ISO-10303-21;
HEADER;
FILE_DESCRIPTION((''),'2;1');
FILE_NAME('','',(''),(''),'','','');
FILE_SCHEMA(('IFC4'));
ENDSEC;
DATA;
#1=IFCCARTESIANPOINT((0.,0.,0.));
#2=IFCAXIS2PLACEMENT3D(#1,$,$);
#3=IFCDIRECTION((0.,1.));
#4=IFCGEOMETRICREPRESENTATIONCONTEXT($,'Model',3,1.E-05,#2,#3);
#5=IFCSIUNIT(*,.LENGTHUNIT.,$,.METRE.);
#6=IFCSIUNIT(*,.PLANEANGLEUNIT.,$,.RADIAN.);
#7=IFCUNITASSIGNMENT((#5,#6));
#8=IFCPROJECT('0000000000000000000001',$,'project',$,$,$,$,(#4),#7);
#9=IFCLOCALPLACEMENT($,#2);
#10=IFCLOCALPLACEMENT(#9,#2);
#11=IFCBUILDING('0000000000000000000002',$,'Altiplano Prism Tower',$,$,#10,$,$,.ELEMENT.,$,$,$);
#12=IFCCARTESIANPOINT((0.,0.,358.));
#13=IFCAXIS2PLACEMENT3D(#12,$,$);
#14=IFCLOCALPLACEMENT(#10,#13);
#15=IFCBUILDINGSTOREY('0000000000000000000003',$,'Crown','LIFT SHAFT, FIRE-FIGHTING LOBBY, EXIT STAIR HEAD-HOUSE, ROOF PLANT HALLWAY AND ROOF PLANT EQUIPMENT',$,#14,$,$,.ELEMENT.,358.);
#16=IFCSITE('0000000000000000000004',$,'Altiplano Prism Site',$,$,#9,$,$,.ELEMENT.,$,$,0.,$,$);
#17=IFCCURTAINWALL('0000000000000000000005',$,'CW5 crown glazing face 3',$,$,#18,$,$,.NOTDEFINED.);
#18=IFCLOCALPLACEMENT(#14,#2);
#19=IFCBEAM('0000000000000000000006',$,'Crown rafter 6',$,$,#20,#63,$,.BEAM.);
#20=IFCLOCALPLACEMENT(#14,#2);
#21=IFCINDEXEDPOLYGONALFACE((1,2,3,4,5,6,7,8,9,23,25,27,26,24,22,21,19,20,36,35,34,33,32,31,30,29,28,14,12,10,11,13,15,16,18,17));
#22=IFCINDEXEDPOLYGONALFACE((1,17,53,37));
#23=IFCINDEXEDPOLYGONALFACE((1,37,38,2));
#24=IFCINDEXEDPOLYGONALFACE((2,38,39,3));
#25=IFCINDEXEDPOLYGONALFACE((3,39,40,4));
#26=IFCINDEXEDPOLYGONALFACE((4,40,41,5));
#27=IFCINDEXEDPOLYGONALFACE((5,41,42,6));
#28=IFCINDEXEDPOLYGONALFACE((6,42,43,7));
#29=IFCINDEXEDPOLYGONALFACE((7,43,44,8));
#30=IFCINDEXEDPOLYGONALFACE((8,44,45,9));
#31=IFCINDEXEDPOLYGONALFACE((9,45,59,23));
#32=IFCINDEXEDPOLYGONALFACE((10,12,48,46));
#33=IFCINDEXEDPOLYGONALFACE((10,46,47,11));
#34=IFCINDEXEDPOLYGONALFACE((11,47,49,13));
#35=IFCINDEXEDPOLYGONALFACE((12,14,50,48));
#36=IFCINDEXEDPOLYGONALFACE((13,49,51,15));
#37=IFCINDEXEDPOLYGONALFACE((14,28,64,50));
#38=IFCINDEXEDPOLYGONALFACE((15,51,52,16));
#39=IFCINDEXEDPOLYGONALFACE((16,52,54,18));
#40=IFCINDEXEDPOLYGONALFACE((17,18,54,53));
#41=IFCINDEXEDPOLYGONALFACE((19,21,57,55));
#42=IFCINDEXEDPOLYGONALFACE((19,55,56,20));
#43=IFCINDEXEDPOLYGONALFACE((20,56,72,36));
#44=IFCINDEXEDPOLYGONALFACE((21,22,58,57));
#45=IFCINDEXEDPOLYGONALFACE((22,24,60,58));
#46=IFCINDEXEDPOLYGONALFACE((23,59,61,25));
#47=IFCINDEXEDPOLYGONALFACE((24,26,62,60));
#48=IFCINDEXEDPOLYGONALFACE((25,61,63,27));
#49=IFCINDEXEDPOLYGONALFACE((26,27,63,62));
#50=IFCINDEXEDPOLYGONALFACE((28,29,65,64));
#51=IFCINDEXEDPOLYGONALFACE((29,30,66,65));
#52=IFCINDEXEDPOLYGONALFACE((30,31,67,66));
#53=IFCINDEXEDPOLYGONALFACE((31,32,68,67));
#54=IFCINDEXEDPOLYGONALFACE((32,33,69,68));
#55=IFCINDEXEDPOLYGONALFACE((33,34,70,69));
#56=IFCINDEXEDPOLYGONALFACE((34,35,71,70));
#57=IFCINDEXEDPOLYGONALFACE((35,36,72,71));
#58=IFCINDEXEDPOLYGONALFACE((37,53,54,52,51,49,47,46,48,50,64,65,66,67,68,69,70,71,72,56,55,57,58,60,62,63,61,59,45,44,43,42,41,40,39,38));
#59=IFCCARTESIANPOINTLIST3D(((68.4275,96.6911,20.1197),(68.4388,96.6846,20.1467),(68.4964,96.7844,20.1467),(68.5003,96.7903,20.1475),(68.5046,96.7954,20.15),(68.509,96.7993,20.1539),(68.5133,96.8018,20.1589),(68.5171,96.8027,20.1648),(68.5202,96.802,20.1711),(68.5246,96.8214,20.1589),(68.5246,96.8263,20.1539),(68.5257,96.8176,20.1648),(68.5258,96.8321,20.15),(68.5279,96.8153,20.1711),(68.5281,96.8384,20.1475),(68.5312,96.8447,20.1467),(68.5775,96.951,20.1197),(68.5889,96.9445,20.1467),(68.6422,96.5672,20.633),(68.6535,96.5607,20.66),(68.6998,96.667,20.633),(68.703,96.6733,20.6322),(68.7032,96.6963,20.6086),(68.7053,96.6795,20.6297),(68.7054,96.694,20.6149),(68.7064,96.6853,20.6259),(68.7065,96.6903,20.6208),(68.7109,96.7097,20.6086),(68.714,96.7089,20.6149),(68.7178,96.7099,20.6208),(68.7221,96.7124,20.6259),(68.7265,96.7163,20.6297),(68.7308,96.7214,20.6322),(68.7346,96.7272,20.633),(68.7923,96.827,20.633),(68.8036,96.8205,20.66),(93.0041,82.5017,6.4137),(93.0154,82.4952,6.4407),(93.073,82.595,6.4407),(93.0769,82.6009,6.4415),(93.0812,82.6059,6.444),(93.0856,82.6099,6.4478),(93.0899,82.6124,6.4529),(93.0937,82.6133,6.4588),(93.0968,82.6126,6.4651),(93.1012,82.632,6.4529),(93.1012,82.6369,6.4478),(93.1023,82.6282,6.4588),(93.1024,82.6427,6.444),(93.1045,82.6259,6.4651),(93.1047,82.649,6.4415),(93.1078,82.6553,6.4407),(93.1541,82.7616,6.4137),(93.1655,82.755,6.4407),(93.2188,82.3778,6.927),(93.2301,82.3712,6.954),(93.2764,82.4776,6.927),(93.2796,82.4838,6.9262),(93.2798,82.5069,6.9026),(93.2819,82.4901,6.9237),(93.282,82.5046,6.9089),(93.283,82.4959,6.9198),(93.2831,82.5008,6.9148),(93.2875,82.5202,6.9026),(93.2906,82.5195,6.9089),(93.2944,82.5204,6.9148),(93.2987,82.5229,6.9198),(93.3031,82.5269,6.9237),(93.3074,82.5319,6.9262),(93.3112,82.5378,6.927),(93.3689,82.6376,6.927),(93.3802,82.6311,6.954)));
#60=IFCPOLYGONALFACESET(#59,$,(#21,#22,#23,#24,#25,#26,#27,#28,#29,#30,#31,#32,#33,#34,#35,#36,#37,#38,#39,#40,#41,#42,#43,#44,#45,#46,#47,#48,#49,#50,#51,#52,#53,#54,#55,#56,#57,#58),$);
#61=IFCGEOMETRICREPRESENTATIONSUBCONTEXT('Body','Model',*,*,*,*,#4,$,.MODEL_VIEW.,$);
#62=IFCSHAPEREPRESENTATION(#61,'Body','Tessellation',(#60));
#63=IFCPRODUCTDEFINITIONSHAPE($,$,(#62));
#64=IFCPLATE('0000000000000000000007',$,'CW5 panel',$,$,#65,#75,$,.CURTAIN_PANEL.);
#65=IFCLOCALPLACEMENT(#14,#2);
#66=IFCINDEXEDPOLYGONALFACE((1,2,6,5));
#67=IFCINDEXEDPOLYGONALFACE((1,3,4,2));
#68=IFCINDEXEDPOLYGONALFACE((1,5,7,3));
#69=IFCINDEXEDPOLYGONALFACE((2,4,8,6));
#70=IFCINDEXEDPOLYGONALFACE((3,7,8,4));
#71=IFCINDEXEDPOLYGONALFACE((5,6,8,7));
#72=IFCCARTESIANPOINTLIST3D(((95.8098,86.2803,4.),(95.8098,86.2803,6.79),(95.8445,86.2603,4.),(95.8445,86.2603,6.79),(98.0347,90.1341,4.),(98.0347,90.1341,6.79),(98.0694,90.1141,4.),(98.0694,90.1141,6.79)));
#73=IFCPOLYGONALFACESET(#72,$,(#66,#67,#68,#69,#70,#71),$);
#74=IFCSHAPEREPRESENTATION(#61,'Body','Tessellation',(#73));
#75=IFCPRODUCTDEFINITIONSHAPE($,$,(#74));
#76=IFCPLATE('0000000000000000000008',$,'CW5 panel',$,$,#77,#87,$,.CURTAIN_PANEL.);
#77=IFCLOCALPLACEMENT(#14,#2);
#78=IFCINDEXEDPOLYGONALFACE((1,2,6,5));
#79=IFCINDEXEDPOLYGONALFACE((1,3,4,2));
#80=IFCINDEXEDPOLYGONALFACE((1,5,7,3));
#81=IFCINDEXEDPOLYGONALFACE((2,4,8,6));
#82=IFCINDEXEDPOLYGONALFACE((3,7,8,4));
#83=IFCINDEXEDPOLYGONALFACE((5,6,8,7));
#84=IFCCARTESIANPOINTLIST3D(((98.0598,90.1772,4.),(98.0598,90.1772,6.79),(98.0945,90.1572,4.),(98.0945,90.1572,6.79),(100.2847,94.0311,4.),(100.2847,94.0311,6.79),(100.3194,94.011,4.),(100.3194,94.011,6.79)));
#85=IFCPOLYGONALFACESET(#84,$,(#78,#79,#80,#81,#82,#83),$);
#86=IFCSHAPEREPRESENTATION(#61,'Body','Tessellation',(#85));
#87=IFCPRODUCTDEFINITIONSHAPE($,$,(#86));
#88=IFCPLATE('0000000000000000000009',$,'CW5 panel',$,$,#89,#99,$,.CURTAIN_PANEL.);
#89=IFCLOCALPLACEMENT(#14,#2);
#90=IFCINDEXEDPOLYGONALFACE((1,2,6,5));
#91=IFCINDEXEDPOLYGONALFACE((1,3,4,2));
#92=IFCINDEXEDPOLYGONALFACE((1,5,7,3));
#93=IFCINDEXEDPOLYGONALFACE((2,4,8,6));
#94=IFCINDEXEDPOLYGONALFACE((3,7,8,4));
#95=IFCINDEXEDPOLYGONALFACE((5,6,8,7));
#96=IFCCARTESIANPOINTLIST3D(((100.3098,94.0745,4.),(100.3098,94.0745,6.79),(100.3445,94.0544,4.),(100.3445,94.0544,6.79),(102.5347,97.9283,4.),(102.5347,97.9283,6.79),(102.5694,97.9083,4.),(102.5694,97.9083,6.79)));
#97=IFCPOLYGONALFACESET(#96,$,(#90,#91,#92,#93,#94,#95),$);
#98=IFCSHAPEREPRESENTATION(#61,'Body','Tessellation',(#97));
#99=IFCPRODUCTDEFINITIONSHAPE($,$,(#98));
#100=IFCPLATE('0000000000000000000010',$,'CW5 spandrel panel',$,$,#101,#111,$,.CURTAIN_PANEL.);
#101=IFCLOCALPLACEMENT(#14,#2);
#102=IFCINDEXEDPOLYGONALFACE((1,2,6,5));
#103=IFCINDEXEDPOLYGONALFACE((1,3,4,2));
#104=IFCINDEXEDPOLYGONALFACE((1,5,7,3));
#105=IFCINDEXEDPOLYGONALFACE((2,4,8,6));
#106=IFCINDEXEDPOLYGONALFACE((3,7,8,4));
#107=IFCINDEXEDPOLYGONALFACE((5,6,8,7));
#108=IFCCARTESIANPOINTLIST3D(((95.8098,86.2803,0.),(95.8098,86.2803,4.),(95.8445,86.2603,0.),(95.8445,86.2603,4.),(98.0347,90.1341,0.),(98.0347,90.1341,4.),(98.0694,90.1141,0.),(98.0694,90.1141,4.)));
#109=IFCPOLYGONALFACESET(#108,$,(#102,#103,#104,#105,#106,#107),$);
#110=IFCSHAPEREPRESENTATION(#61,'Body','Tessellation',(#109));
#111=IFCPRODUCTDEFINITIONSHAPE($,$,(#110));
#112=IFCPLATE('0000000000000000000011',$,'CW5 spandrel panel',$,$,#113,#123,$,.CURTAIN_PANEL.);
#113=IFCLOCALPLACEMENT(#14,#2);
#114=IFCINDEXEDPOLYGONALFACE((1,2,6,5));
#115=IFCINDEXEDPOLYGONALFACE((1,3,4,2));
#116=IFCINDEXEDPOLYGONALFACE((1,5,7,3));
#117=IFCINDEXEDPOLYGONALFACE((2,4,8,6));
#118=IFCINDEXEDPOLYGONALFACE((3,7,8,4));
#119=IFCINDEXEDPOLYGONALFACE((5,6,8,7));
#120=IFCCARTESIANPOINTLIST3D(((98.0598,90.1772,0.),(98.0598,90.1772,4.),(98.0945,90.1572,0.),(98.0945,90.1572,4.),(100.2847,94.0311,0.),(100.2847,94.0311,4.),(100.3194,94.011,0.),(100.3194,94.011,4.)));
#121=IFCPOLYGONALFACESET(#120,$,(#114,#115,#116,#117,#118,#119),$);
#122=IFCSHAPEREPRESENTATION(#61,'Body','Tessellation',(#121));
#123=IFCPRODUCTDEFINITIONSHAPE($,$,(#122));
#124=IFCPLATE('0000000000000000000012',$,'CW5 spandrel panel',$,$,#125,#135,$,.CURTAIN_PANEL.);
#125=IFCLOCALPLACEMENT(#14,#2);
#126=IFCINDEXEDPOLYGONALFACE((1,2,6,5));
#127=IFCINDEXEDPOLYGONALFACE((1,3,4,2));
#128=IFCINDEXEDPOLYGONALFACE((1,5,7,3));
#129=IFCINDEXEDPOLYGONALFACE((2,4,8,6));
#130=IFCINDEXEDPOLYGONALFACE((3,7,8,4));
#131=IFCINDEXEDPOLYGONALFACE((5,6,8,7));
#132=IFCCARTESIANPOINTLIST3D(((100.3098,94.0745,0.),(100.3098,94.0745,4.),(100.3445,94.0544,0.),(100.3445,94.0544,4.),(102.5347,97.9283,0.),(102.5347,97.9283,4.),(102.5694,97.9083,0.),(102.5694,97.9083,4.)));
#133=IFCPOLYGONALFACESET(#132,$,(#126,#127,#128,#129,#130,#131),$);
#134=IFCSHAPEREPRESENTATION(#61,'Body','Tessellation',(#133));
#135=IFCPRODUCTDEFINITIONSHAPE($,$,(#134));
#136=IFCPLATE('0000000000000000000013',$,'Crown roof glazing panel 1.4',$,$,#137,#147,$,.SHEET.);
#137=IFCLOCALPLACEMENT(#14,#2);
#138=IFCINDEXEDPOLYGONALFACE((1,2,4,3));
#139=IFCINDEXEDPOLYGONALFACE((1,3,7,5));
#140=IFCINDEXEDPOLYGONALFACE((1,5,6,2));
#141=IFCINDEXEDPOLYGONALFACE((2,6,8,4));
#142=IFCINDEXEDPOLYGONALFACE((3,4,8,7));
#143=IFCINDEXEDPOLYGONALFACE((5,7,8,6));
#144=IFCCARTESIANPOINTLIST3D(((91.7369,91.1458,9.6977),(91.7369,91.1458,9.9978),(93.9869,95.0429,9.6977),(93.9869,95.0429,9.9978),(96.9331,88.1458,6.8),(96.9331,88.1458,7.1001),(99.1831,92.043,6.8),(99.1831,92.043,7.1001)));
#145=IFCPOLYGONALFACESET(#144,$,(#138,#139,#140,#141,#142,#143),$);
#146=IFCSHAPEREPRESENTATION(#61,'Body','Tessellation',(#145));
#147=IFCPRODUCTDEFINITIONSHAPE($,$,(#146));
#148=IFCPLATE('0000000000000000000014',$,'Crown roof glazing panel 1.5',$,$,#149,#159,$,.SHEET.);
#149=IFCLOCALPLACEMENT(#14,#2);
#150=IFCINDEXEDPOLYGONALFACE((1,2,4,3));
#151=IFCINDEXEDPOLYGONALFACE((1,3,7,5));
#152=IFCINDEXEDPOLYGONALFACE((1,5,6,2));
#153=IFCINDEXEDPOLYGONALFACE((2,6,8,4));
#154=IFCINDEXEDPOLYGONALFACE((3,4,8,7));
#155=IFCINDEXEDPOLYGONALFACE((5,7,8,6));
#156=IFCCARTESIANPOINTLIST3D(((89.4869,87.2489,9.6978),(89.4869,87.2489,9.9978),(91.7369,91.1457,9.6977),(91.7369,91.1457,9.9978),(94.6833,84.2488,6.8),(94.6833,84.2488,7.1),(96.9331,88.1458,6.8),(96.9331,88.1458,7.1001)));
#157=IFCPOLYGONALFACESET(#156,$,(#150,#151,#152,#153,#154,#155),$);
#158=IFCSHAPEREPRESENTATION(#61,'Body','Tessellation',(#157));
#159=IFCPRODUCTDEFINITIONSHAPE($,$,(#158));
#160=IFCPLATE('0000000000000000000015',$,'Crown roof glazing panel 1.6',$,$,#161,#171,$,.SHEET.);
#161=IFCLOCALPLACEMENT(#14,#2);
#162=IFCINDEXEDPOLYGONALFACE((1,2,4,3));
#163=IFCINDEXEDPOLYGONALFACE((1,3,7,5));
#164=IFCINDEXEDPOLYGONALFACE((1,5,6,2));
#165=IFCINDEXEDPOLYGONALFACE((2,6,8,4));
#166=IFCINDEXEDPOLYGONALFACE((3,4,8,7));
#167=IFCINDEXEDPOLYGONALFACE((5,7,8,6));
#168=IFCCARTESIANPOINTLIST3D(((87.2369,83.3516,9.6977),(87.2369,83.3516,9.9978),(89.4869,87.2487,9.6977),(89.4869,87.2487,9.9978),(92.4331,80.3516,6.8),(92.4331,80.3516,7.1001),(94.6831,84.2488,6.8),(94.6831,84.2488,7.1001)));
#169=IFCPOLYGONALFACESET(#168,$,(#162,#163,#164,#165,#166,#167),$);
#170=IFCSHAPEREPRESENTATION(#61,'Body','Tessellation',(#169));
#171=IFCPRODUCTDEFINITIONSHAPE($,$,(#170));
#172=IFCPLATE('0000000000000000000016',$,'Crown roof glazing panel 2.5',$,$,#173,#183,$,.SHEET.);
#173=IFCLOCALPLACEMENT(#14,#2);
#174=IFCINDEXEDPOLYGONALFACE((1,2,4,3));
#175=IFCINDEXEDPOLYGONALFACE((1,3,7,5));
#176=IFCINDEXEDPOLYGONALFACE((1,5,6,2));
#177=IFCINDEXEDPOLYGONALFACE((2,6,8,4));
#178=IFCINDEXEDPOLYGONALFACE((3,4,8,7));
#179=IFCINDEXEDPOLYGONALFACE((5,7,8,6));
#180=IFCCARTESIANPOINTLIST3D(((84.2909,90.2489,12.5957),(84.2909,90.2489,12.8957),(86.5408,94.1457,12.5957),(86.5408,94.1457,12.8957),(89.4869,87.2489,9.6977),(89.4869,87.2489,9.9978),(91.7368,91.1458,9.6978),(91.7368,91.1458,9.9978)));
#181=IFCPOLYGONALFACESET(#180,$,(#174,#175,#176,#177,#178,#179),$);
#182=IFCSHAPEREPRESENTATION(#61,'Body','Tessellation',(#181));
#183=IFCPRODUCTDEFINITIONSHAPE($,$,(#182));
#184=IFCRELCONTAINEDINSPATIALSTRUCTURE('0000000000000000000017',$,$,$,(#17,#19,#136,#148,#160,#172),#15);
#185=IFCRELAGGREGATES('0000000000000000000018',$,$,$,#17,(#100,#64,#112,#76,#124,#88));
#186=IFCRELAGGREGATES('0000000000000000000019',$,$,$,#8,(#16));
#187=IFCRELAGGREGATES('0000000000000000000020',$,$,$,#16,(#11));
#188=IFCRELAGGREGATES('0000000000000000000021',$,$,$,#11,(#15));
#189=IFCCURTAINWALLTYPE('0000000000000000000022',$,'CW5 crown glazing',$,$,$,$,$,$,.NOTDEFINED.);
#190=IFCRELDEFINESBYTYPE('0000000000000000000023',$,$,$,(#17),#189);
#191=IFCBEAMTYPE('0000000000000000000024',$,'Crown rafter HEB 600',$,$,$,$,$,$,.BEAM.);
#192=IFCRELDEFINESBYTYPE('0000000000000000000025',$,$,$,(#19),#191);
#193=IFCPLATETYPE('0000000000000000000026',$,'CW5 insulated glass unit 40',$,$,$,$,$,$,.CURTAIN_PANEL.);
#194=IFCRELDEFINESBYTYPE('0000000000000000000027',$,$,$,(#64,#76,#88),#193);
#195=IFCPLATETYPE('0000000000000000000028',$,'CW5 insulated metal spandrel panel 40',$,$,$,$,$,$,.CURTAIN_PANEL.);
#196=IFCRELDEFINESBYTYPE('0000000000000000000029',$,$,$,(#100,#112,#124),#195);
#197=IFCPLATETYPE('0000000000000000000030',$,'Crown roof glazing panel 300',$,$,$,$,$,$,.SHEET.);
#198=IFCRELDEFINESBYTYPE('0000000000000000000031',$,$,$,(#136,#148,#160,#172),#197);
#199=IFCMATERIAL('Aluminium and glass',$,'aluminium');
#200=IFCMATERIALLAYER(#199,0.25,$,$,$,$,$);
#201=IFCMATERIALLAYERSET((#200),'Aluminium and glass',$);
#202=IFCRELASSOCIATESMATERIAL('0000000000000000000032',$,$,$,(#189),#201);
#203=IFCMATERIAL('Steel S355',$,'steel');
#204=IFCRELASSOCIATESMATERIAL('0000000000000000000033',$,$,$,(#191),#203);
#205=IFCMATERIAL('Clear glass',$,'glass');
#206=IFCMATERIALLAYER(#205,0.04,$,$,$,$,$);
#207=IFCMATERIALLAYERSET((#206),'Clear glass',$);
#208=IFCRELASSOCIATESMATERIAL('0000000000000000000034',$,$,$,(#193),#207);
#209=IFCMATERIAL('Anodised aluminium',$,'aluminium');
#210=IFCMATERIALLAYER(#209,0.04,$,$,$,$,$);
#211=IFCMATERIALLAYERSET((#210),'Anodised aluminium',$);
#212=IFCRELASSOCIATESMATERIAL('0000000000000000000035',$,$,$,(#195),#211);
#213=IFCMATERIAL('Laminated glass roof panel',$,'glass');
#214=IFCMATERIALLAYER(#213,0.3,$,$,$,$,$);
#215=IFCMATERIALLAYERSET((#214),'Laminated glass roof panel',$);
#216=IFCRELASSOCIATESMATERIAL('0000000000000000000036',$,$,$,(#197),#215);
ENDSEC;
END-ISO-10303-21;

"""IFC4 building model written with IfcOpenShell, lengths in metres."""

from ifc_helpers import new_model, si_unit, direction, frame, origin, origin_2d, place, context, subcontext, project, spatial, polyline, i_section, outline, extrude, material, layer, layer_set, material_profile, profile_set, type_object, element, aggregate, save


model = new_model("IFC4")

# Units and contexts
model_context = context("Model", 3, precision=1e-05, world=origin(), true_north=direction((0.0, 1.0)))
body_context = subcontext(model_context, "Body", "Model", "MODEL_VIEW")
ifc_project = project(units=[si_unit("LENGTHUNIT", "METRE"), si_unit("PLANEANGLEUNIT", "RADIAN")], contexts=[model_context])

# Site, building, storey
site_placement = place(None, origin())
site = spatial("IfcSite", under=ifc_project, at=site_placement, Name="Altiplano Prism Site", CompositionType="ELEMENT", RefElevation=0.0)
building_placement = place(site_placement, origin())
building = spatial("IfcBuilding", under=site, at=building_placement, Name="Altiplano Prism Tower", CompositionType="ELEMENT")
storey_placement = place(building_placement, frame((0.0, 0.0, 358.0)))
storey = spatial("IfcBuildingStorey", under=building, at=storey_placement, Name="Crown", Description="LIFT SHAFT, FIRE-FIGHTING LOBBY, EXIT STAIR HEAD-HOUSE, ROOF PLANT HALLWAY AND ROOF PLANT EQUIPMENT", CompositionType="ELEMENT", Elevation=358.0)

# Curtain wall
ifc_material_1 = material(Name="Aluminium and glass", Category="aluminium")
ifc_layer_1 = layer(ifc_material_1, 0.25)
ifc_layer_set_1 = layer_set([ifc_layer_1], Name="Aluminium and glass")
curtain_wall_type = type_object("IfcCurtainWallType", Name="CW5 crown glazing", PredefinedType="NOTDEFINED", material=ifc_layer_set_1)
curtain_wall_placement = place(storey_placement, origin())
curtain_wall = element("IfcCurtainWall", 1, at=curtain_wall_placement, inside=storey, type_object=curtain_wall_type, Name="CW5 crown glazing face 3", PredefinedType="NOTDEFINED")

# Shared definitions
ifc_material_2 = material(Name="Steel S355", Category="steel")

# Beam
ifc_material_profile_1 = material_profile(ifc_material_2, i_section(OverallWidth=0.3, OverallDepth=0.6001, WebThickness=0.0154, FlangeThickness=0.03, FilletRadius=0.0271, at=origin_2d()), Name="Crown rafter HEB 600")
ifc_profile_set_1 = profile_set([ifc_material_profile_1], Name="Steel S355")
beam_type = type_object("IfcBeamType", Name="Crown rafter HEB 600", PredefinedType="BEAM", material=ifc_profile_set_1)
beam_1_placement = place(storey_placement, frame((93.1921, 82.5664, 6.6838), z_axis=(-0.779835, 0.450241, 0.434903), x_axis=(-0.500003, -0.866024, 0.0)))
element("IfcBeam", 2, at=beam_1_placement, inside=storey, type_object=beam_type, Name="Crown rafter 6", PredefinedType="BEAM", context=body_context, shape_type="SweptSolid", body=[
    extrude(i_section(OverallWidth=0.3, OverallDepth=0.6001, WebThickness=0.0154, FlangeThickness=0.03, FilletRadius=0.0271, at=origin_2d()), origin(), (0.0, 0.0, 1.0), 31.5151),
])

# Plates
ifc_material_3 = material(Name="Clear glass", Category="glass")
ifc_layer_2 = layer(ifc_material_3, 0.04)
ifc_layer_set_2 = layer_set([ifc_layer_2], Name="Clear glass")
plate_type_1 = type_object("IfcPlateType", Name="CW5 insulated glass unit 40", PredefinedType="CURTAIN_PANEL", material=ifc_layer_set_2)
plate_1_placement = place(storey_placement, frame((95.8445, 86.2603, 4.0), z_axis=(0.866037, -0.49998, 0.0), x_axis=(0.49998, 0.866037, 0.0)))
plate_1 = element("IfcPlate", 3, at=plate_1_placement, type_object=plate_type_1, Name="CW5 panel", PredefinedType="CURTAIN_PANEL", context=body_context, shape_type="SweptSolid", body=[
    extrude(outline(polyline([(0.0, 0.0), (4.45, 0.0), (4.45, 2.79), (0.0, 2.79), (0.0, 0.0)])), origin(), (0.0, 0.0, -1.0), 0.04),
])
plate_2_placement = place(storey_placement, frame((98.0945, 90.1572, 4.0), z_axis=(0.866037, -0.49998, 0.0), x_axis=(0.49998, 0.866037, 0.0)))
plate_2 = element("IfcPlate", 4, at=plate_2_placement, type_object=plate_type_1, Name="CW5 panel", PredefinedType="CURTAIN_PANEL", context=body_context, shape_type="SweptSolid", body=[
    extrude(outline(polyline([(0.0, 0.0), (4.45, 0.0), (4.45, 2.79), (0.0, 2.79), (0.0, 0.0)])), origin(), (0.0, 0.0, -1.0), 0.04),
])
plate_3_placement = place(storey_placement, frame((100.3445, 94.0544, 4.0), z_axis=(0.866037, -0.49998, 0.0), x_axis=(0.49998, 0.866037, 0.0)))
plate_3 = element("IfcPlate", 5, at=plate_3_placement, type_object=plate_type_1, Name="CW5 panel", PredefinedType="CURTAIN_PANEL", context=body_context, shape_type="SweptSolid", body=[
    extrude(outline(polyline([(0.0, 0.0), (4.45, 0.0), (4.45, 2.79), (0.0, 2.79), (0.0, 0.0)])), origin(), (0.0, 0.0, -1.0), 0.04),
])
ifc_material_4 = material(Name="Anodised aluminium", Category="aluminium")
ifc_layer_3 = layer(ifc_material_4, 0.04)
ifc_layer_set_3 = layer_set([ifc_layer_3], Name="Anodised aluminium")
plate_type_2 = type_object("IfcPlateType", Name="CW5 insulated metal spandrel panel 40", PredefinedType="CURTAIN_PANEL", material=ifc_layer_set_3)
plate_4_placement = place(storey_placement, frame((95.8445, 86.2603, 0.0), z_axis=(0.866037, -0.49998, 0.0), x_axis=(0.49998, 0.866037, 0.0)))
plate_4 = element("IfcPlate", 6, at=plate_4_placement, type_object=plate_type_2, Name="CW5 spandrel panel", PredefinedType="CURTAIN_PANEL", context=body_context, shape_type="SweptSolid", body=[
    extrude(outline(polyline([(0.0, 0.0), (4.45, 0.0), (4.45, 4.0), (0.0, 4.0), (0.0, 0.0)])), origin(), (0.0, 0.0, -1.0), 0.04),
])
plate_5_placement = place(storey_placement, frame((98.0945, 90.1572, 0.0), z_axis=(0.866037, -0.49998, 0.0), x_axis=(0.49998, 0.866037, 0.0)))
plate_5 = element("IfcPlate", 7, at=plate_5_placement, type_object=plate_type_2, Name="CW5 spandrel panel", PredefinedType="CURTAIN_PANEL", context=body_context, shape_type="SweptSolid", body=[
    extrude(outline(polyline([(0.0, 0.0), (4.45, 0.0), (4.45, 4.0), (0.0, 4.0), (0.0, 0.0)])), origin(), (0.0, 0.0, -1.0), 0.04),
])
plate_6_placement = place(storey_placement, frame((100.3445, 94.0544, 0.0), z_axis=(0.866037, -0.49998, 0.0), x_axis=(0.49998, 0.866037, 0.0)))
plate_6 = element("IfcPlate", 8, at=plate_6_placement, type_object=plate_type_2, Name="CW5 spandrel panel", PredefinedType="CURTAIN_PANEL", context=body_context, shape_type="SweptSolid", body=[
    extrude(outline(polyline([(0.0, 0.0), (4.45, 0.0), (4.45, 4.0), (0.0, 4.0), (0.0, 0.0)])), origin(), (0.0, 0.0, -1.0), 0.04),
])
aggregate(curtain_wall, [plate_4, plate_1, plate_5, plate_2, plate_6, plate_3])

# Plates
ifc_material_5 = material(Name="Laminated glass roof panel", Category="glass")
ifc_layer_4 = layer(ifc_material_5, 0.3)
ifc_layer_set_4 = layer_set([ifc_layer_4], Name="Laminated glass roof panel")
plate_type_3 = type_object("IfcPlateType", Name="Crown roof glazing panel 300", PredefinedType="SHEET", material=ifc_layer_set_4)
plate_7_placement = place(storey_placement, frame((99.1831, 92.043, 7.1001), z_axis=(0.376622, -0.217437, 0.900487), x_axis=(-0.77985, 0.450235, 0.434882)))
element("IfcPlate", 9, at=plate_7_placement, inside=storey, type_object=plate_type_3, Name="Crown roof glazing panel 1.4", PredefinedType="SHEET", context=body_context, shape_type="SweptSolid", body=[
    extrude(outline(polyline([(0.0, 0.0), (6.6631, 0.0), (6.6631, 4.5), (0.0, 4.5), (0.0, 0.0)])), origin(), (-0.434882, 0.0, -0.900487), 0.3),
])
plate_8_placement = place(storey_placement, frame((96.9331, 88.1458, 7.1001), z_axis=(0.376616, -0.217447, 0.900487), x_axis=(-0.77985, 0.450235, 0.434882)))
element("IfcPlate", 10, at=plate_8_placement, inside=storey, type_object=plate_type_3, Name="Crown roof glazing panel 1.5", PredefinedType="SHEET", context=body_context, shape_type="SweptSolid", body=[
    extrude(outline(polyline([(0.0, 0.0), (6.6631, 0.0), (6.6633, 4.4998), (0.0, 4.4998), (0.0, 0.0)])), origin(), (-0.434882, 0.000011, -0.900487), 0.3),
])
plate_9_placement = place(storey_placement, frame((94.6831, 84.2488, 7.1001), z_axis=(0.376622, -0.217437, 0.900487), x_axis=(-0.77985, 0.450235, 0.434882)))
element("IfcPlate", 11, at=plate_9_placement, inside=storey, type_object=plate_type_3, Name="Crown roof glazing panel 1.6", PredefinedType="SHEET", context=body_context, shape_type="SweptSolid", body=[
    extrude(outline(polyline([(0.0, 0.0), (6.6631, 0.0), (6.6631, 4.5), (0.0, 4.5), (0.0, 0.0)])), origin(), (-0.434882, 0.0, -0.900487), 0.3),
])
plate_10_placement = place(storey_placement, frame((91.7368, 91.1458, 9.9978), z_axis=(0.376652, -0.217468, 0.900467), x_axis=(-0.779823, 0.45024, 0.434925)))
element("IfcPlate", 12, at=plate_10_placement, inside=storey, type_object=plate_type_3, Name="Crown roof glazing panel 2.5", PredefinedType="SHEET", context=body_context, shape_type="SweptSolid", body=[
    extrude(outline(polyline([(0.0, 0.0), (6.6631, 0.0), (6.6631, 4.4998), (0.0, 4.4998), (0.0, 0.0)])), origin(), (-0.434925, 0.000003, -0.900467), 0.3),
])

save(model, "model.ifc")
